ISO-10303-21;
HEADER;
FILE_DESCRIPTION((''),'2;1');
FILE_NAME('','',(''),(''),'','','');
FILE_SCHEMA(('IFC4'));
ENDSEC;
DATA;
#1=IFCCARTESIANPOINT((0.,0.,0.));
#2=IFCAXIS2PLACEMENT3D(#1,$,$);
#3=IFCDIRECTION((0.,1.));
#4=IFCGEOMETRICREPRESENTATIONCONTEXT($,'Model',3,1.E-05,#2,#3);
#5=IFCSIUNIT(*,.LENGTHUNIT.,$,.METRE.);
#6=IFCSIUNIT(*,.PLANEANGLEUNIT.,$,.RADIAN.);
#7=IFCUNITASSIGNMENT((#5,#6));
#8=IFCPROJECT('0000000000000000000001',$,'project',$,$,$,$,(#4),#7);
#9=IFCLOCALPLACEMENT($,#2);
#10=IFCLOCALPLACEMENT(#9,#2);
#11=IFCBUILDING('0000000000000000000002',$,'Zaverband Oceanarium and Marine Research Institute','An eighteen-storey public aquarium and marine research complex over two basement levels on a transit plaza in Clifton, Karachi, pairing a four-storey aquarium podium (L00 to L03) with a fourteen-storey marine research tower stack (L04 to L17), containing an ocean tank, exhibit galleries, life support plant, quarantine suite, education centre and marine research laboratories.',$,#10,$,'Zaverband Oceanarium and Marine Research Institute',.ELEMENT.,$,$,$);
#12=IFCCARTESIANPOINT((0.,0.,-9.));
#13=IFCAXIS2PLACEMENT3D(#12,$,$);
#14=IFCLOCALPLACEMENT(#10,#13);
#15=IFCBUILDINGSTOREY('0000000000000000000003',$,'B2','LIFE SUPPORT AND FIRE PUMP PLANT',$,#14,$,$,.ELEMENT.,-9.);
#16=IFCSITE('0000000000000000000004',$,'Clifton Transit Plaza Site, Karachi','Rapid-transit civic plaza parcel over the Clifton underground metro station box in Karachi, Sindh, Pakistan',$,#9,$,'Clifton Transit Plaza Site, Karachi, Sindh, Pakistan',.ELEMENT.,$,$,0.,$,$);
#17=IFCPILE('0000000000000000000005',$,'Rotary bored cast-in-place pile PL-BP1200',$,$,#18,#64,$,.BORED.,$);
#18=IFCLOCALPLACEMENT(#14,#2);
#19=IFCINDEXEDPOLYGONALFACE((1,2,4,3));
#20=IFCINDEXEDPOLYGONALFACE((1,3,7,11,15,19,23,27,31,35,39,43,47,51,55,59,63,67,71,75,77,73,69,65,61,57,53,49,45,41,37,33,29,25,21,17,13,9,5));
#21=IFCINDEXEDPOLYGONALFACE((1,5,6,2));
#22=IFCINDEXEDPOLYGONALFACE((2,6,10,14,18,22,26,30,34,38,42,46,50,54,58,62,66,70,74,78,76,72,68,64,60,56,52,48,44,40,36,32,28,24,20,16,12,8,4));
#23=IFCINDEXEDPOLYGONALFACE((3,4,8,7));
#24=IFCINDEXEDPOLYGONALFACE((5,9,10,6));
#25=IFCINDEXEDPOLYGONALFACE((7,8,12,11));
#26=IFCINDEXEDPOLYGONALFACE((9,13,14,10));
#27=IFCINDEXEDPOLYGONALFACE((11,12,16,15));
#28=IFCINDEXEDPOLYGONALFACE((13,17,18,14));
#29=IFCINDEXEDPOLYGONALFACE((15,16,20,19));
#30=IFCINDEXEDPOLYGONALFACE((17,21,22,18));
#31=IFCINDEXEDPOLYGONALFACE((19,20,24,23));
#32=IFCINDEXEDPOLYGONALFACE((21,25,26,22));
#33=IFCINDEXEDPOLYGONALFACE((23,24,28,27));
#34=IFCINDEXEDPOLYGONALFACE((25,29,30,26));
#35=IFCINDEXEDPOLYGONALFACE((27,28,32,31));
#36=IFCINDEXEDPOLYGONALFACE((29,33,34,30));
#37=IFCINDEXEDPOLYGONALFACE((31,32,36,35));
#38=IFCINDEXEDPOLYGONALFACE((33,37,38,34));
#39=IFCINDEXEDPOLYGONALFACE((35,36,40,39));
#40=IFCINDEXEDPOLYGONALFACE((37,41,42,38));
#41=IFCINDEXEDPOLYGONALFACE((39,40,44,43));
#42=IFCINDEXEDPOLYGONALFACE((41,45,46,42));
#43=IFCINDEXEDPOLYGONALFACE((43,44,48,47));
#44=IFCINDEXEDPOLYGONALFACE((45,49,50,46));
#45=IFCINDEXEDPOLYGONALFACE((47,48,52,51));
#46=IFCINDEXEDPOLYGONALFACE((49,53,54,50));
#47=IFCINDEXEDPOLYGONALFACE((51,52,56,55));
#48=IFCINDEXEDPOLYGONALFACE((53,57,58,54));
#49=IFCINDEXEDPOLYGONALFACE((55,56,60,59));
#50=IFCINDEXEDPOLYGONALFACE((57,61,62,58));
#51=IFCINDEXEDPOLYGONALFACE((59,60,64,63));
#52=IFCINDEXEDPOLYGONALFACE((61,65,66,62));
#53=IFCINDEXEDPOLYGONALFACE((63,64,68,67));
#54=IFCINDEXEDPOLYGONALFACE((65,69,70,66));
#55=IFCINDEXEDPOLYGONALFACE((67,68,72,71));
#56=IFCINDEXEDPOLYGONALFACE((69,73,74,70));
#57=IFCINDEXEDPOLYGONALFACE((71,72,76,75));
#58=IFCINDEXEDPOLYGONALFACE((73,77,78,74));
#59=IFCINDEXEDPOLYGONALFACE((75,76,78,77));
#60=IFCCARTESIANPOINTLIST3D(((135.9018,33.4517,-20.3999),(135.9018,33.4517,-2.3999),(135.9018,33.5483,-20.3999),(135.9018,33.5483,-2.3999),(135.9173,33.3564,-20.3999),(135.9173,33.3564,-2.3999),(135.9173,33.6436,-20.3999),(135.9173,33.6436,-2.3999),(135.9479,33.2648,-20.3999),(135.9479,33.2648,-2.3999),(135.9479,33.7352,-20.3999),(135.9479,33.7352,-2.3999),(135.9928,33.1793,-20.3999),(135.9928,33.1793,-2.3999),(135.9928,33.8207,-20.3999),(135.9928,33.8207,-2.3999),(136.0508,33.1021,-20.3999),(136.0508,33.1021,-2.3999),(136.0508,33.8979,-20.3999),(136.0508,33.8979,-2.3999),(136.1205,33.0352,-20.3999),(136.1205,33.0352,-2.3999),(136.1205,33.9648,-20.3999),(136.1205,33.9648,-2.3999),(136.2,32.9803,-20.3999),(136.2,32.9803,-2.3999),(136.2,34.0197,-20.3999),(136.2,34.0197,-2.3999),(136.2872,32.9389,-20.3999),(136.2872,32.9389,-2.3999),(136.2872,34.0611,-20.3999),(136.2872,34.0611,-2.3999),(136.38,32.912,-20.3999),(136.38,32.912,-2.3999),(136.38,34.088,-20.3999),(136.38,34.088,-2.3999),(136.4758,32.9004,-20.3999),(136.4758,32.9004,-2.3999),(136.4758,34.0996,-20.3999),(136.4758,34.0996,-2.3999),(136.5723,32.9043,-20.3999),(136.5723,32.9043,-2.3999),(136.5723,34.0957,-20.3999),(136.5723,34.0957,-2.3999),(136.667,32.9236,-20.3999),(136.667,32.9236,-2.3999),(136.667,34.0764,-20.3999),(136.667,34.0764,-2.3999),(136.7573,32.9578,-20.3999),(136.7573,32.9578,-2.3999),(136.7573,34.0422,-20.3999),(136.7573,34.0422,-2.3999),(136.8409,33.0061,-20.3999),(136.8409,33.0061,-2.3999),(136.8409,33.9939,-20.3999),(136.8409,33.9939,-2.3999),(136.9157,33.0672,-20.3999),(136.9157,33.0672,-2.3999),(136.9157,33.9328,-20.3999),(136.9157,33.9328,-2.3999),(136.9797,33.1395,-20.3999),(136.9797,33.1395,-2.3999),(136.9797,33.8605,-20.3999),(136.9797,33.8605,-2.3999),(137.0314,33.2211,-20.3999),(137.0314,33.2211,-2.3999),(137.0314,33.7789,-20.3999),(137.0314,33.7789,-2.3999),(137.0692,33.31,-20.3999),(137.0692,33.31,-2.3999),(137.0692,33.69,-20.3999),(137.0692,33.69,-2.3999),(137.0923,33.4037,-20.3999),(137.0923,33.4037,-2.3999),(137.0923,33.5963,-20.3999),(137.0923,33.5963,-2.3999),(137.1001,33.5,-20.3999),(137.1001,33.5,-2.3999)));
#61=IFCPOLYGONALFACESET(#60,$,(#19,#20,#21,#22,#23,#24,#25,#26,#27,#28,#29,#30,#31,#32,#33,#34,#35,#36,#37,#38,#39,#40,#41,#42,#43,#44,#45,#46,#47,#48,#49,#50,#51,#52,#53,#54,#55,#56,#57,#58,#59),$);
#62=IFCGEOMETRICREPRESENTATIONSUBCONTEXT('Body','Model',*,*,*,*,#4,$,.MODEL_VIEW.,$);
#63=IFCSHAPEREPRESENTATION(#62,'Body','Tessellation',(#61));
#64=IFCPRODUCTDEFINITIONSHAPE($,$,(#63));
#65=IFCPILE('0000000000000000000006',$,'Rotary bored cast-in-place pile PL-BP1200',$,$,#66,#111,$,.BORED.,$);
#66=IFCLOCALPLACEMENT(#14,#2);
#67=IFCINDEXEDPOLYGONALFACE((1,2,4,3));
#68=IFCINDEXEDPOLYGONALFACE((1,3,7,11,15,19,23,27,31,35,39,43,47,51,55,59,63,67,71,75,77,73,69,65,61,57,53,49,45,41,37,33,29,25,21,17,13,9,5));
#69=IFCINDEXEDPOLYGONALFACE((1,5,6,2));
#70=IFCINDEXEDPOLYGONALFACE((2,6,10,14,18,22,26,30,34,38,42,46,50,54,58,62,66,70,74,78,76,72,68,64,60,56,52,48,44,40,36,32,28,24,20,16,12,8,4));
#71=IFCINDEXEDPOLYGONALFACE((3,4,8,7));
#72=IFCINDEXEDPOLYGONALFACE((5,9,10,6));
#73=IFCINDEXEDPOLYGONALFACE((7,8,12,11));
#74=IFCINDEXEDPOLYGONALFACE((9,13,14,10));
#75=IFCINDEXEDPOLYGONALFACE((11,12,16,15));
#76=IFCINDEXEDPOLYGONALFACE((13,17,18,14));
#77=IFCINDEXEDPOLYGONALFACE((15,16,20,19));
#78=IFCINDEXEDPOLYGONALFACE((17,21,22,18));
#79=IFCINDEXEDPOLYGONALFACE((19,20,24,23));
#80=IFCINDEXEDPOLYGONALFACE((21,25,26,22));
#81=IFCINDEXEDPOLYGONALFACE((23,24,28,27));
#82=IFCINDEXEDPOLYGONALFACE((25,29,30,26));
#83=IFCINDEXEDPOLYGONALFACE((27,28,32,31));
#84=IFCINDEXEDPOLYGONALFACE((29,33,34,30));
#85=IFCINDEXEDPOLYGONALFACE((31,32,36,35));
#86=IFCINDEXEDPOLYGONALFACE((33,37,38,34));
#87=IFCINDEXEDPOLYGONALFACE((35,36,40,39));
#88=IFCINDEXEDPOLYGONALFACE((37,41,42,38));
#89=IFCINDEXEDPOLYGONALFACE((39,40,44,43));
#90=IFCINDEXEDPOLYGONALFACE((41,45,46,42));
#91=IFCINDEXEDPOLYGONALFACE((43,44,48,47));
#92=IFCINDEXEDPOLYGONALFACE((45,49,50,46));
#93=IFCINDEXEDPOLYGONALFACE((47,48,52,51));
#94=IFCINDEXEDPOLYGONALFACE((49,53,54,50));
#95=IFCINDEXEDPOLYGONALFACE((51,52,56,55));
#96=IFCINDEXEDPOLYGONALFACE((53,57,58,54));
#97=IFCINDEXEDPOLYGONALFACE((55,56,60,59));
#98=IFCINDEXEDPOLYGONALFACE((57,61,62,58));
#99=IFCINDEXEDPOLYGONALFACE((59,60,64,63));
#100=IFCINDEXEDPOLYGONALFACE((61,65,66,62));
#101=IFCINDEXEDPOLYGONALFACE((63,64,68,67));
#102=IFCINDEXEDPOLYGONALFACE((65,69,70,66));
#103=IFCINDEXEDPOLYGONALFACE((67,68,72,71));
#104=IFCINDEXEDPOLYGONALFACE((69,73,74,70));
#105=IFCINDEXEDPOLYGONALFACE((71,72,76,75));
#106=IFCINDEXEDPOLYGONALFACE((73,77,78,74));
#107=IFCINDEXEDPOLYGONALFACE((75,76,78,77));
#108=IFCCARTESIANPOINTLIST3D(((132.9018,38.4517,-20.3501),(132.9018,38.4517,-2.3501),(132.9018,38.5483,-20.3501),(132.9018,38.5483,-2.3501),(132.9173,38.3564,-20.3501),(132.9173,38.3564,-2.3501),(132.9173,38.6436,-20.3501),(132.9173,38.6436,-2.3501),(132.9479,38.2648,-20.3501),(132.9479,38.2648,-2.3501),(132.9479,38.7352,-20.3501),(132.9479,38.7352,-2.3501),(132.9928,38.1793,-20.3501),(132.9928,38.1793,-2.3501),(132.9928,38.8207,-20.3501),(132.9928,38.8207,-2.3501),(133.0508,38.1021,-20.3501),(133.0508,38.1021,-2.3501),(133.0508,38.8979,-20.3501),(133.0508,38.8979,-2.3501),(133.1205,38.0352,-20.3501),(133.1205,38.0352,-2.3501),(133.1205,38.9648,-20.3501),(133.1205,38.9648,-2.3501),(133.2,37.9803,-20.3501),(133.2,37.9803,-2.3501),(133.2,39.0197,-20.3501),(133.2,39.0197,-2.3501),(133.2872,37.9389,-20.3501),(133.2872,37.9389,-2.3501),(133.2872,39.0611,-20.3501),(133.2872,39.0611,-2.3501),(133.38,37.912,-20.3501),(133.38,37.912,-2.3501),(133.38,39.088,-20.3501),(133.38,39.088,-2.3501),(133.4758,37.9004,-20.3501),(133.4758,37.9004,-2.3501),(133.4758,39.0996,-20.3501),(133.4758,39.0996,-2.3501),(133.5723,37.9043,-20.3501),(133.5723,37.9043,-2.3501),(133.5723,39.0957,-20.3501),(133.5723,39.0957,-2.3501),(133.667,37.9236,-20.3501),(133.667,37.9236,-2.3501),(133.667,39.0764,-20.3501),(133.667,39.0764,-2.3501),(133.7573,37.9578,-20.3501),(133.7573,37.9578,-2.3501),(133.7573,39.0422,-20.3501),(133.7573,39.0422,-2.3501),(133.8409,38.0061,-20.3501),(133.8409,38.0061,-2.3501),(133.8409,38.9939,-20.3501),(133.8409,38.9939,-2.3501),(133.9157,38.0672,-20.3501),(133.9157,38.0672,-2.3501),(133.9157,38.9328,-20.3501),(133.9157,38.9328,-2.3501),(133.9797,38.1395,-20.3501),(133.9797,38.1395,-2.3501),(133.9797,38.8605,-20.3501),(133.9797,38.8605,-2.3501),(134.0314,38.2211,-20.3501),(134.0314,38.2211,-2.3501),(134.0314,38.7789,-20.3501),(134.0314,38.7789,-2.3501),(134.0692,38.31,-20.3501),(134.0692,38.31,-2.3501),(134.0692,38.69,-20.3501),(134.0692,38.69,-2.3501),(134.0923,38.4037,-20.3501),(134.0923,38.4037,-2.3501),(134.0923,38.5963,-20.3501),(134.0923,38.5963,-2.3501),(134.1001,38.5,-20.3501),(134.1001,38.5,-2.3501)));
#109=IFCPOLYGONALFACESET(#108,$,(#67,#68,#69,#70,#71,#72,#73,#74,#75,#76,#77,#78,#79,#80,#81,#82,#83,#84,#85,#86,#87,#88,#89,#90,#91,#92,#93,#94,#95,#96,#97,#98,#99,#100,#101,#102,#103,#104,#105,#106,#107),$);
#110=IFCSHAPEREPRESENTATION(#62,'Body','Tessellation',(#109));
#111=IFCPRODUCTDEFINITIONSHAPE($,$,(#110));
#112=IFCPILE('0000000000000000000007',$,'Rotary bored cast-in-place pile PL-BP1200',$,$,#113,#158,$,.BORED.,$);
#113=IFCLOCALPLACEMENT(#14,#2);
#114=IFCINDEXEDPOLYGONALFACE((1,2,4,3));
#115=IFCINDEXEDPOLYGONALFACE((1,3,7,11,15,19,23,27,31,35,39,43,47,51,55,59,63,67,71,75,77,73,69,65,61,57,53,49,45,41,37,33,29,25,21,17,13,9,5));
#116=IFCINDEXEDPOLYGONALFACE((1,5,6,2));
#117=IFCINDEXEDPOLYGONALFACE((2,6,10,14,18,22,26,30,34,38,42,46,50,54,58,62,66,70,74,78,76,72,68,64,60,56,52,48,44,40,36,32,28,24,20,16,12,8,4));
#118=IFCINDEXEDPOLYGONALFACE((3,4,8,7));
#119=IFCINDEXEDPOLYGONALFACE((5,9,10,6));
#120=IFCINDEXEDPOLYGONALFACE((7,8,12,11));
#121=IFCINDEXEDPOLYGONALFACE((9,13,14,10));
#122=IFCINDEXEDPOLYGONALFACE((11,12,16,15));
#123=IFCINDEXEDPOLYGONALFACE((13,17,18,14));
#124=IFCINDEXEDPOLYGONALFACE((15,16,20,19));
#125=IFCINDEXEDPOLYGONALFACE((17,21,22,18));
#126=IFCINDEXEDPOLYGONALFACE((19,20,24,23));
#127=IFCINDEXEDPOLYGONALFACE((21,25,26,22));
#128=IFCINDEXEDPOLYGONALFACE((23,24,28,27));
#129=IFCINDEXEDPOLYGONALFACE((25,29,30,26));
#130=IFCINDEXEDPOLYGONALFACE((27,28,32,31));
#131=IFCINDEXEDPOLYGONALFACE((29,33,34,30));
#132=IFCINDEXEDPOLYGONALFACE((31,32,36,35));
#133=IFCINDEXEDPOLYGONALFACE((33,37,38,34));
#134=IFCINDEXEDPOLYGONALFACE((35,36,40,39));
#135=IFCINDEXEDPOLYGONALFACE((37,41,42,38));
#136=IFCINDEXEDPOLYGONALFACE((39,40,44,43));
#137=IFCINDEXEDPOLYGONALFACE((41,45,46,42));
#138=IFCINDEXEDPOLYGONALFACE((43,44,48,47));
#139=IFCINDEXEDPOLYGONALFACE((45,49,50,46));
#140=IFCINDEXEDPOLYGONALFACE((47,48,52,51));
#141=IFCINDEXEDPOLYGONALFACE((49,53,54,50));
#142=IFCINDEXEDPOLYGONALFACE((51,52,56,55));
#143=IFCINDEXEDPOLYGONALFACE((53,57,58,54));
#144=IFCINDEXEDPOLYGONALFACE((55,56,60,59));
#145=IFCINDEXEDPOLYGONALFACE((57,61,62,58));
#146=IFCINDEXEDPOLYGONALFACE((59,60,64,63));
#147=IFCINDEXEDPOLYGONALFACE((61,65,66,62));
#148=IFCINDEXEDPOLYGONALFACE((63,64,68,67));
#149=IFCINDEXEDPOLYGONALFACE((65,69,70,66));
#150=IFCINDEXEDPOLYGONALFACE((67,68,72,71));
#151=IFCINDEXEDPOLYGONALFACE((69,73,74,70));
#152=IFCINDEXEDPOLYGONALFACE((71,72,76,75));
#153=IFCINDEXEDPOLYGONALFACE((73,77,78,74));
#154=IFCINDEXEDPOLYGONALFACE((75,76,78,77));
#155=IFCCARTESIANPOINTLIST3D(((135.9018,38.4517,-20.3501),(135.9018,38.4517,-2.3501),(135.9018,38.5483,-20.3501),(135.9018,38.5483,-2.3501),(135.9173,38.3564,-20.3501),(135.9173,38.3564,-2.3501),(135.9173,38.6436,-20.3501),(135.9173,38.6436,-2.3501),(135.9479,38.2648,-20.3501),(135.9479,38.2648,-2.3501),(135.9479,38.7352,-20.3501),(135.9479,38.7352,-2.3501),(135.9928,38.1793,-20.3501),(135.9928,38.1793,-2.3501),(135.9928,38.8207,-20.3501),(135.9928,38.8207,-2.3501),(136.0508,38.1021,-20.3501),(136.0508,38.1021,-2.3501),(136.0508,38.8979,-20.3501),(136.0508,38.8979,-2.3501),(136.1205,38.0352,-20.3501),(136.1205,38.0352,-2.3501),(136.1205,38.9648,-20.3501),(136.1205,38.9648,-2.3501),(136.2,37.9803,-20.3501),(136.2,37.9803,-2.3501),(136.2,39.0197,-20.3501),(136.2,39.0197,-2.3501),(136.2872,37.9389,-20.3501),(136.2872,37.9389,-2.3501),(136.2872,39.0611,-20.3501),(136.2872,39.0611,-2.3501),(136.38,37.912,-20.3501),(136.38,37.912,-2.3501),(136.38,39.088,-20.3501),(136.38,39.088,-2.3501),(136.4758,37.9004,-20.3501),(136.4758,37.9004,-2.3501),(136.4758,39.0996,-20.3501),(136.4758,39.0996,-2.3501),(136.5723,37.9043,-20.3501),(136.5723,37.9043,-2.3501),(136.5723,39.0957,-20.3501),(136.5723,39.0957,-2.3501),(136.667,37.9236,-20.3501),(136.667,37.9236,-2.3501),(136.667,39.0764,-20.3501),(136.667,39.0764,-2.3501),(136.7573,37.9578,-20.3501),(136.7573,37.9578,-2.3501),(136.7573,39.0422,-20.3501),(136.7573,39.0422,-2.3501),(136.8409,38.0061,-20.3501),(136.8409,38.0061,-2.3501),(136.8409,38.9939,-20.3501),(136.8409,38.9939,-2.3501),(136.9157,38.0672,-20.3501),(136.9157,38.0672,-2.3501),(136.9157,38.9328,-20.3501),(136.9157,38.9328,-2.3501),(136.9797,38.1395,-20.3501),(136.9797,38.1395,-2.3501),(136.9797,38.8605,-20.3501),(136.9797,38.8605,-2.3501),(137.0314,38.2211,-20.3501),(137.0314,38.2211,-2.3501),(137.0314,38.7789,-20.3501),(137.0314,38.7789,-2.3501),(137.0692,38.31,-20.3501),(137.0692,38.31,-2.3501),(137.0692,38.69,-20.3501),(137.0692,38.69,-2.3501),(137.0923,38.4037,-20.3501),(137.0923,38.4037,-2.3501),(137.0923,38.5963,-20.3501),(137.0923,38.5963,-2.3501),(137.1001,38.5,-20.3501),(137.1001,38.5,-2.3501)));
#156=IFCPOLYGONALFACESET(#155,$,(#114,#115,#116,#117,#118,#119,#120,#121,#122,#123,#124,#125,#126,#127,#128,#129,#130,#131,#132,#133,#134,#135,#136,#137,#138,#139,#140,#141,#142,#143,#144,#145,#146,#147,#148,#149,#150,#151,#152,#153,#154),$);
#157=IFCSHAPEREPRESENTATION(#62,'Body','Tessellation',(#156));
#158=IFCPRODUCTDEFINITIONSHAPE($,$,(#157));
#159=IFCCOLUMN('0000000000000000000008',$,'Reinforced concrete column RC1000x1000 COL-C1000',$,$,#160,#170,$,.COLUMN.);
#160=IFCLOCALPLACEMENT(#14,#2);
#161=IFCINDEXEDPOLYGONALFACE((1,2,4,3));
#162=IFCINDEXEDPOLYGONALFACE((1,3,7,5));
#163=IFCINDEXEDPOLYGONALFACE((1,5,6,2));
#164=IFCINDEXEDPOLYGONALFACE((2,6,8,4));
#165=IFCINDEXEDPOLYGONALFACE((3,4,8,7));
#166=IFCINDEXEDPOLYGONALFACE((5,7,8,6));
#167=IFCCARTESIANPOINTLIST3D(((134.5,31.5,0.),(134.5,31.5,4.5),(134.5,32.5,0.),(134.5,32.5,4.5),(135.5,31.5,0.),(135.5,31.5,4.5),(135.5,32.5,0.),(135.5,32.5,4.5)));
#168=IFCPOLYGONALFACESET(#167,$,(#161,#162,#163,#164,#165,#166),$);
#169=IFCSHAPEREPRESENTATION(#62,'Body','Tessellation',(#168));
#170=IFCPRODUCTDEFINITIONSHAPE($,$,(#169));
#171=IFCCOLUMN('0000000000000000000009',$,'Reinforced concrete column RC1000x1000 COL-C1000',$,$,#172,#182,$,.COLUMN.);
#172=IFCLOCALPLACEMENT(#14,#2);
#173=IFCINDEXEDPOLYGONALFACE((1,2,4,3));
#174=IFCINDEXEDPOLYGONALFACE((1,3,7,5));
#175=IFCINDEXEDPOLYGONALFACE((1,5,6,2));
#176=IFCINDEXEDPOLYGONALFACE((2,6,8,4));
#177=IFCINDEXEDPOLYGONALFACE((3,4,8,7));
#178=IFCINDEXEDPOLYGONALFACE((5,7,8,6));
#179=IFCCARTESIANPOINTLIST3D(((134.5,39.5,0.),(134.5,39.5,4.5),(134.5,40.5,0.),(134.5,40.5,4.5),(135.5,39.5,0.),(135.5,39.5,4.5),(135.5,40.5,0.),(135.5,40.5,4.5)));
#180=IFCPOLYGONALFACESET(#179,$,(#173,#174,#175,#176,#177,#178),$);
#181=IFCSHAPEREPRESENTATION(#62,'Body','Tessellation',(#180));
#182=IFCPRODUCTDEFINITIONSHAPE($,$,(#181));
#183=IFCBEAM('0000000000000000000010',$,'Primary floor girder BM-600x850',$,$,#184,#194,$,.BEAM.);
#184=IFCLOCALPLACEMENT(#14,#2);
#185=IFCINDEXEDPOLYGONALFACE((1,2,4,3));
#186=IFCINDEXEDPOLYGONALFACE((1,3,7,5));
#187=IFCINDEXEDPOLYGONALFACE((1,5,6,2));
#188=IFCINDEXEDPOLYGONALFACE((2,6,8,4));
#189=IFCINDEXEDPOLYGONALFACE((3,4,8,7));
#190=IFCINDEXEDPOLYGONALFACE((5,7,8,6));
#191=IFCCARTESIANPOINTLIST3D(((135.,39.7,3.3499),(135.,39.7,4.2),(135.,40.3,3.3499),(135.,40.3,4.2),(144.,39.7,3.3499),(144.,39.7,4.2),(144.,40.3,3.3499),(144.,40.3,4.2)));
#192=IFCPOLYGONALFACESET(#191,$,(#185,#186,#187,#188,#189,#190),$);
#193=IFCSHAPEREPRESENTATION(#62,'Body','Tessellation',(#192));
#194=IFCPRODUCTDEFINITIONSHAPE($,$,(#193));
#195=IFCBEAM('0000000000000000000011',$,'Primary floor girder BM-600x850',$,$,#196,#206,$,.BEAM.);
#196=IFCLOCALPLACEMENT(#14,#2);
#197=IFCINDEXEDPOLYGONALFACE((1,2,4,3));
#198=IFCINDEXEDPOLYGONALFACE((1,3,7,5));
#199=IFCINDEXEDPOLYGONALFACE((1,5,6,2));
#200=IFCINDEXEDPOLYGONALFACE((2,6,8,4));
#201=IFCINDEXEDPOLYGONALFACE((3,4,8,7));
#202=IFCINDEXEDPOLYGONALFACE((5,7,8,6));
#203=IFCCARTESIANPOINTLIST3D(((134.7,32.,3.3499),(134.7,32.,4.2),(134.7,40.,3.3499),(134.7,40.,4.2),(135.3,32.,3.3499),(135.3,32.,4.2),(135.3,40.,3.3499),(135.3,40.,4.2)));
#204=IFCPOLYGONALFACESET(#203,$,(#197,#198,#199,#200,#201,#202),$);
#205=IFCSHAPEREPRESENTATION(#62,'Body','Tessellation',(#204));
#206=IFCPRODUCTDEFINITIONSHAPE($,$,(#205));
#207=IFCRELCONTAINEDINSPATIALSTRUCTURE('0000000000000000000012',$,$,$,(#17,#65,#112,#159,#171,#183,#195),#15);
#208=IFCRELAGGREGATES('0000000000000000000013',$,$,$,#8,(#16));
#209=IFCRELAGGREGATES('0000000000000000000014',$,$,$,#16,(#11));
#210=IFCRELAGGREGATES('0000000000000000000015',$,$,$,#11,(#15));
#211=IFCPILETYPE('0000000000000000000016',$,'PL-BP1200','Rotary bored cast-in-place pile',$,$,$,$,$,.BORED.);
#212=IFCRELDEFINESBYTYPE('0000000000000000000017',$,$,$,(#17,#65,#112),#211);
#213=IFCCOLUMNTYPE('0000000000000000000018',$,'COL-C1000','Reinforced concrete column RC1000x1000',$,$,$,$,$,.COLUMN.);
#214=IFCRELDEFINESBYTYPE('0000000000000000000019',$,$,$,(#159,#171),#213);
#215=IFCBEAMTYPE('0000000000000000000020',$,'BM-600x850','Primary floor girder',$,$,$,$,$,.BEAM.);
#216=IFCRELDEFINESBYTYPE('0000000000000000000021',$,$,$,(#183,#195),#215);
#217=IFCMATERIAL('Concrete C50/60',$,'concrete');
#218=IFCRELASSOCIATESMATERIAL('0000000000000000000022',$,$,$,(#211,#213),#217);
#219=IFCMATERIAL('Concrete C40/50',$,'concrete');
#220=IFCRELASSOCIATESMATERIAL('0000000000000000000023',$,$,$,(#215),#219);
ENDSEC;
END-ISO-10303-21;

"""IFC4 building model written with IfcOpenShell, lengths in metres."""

from ifc_helpers import new_model, si_unit, direction, frame, origin, origin_2d, place, context, subcontext, project, spatial, rectangle, circle, extrude, material, material_profile, profile_set, type_object, element, save


model = new_model("IFC4")

# Units and contexts
model_context = context("Model", 3, precision=1e-05, world=origin(), true_north=direction((0.0, 1.0)))
body_context = subcontext(model_context, "Body", "Model", "MODEL_VIEW")
ifc_project = project(units=[si_unit("LENGTHUNIT", "METRE"), si_unit("PLANEANGLEUNIT", "RADIAN")], contexts=[model_context])

# Site, building, storey
site_placement = place(None, origin())
site = spatial("IfcSite", under=ifc_project, at=site_placement, Name="Clifton Transit Plaza Site, Karachi", Description="Rapid-transit civic plaza parcel over the Clifton underground metro station box in Karachi, Sindh, Pakistan", LongName="Clifton Transit Plaza Site, Karachi, Sindh, Pakistan", CompositionType="ELEMENT", RefElevation=0.0)
building_placement = place(site_placement, origin())
building = spatial("IfcBuilding", under=site, at=building_placement, Name="Zaverband Oceanarium and Marine Research Institute", Description="An eighteen-storey public aquarium and marine research complex over two basement levels on a transit plaza in Clifton, Karachi, pairing a four-storey aquarium podium (L00 to L03) with a fourteen-storey marine research tower stack (L04 to L17), containing an ocean tank, exhibit galleries, life support plant, quarantine suite, education centre and marine research laboratories.", LongName="Zaverband Oceanarium and Marine Research Institute", CompositionType="ELEMENT")
storey_placement = place(building_placement, frame((0.0, 0.0, -9.0)))
storey = spatial("IfcBuildingStorey", under=building, at=storey_placement, Name="B2", Description="LIFE SUPPORT AND FIRE PUMP PLANT", CompositionType="ELEMENT", Elevation=-9.0)

# Shared definitions
ifc_material_1 = material(Name="Concrete C50/60", Category="concrete")

# Piles
ifc_material_profile_1 = material_profile(ifc_material_1, circle(Radius=0.6001, at=origin_2d()), Name="BP1200")
ifc_profile_set_1 = profile_set([ifc_material_profile_1], Name="Concrete C50/60")
pile_type = type_object("IfcPileType", Name="PL-BP1200", Description="Rotary bored cast-in-place pile", PredefinedType="BORED", material=ifc_profile_set_1)
for number, where, z_axis, x_axis, name in (
    (1, (136.5, 33.5, -2.3999), (0.0, 0.0, -1.0), (1.0, 0.0, 0.0), "Rotary bored cast-in-place pile PL-BP1200"),
    (2, (133.5, 38.5, -2.3501), (0.0, 0.0, -1.0), (1.0, 0.0, 0.0), "Rotary bored cast-in-place pile PL-BP1200"),
    (3, (136.5, 38.5, -2.3501), (0.0, 0.0, -1.0), (1.0, 0.0, 0.0), "Rotary bored cast-in-place pile PL-BP1200"),
):
    element("IfcPile", number, at=place(storey_placement, frame(where, z_axis=z_axis, x_axis=x_axis)), inside=storey, type_object=pile_type, Name=name, PredefinedType="BORED", context=body_context, shape_type="SweptSolid", body=[
        extrude(circle(Radius=0.6001, at=origin_2d()), origin(), (0.0, 0.0, 1.0), 18.0),
    ])

# Columns
ifc_material_profile_2 = material_profile(ifc_material_1, rectangle(XDim=1.0, YDim=1.0, at=origin_2d()), Name="RC1000x1000")
ifc_profile_set_2 = profile_set([ifc_material_profile_2], Name="Concrete C50/60")
column_type = type_object("IfcColumnType", Name="COL-C1000", Description="Reinforced concrete column RC1000x1000", PredefinedType="COLUMN", material=ifc_profile_set_2)
for number, where, z_axis, x_axis, name in (
    (4, (135.0, 32.0, 0.0), (0.0, 0.0, 1.0), (1.0, 0.0, 0.0), "Reinforced concrete column RC1000x1000 COL-C1000"),
    (5, (135.0, 40.0, 0.0), (0.0, 0.0, 1.0), (1.0, 0.0, 0.0), "Reinforced concrete column RC1000x1000 COL-C1000"),
):
    element("IfcColumn", number, at=place(storey_placement, frame(where, z_axis=z_axis, x_axis=x_axis)), inside=storey, type_object=column_type, Name=name, PredefinedType="COLUMN", context=body_context, shape_type="SweptSolid", body=[
        extrude(rectangle(XDim=1.0, YDim=1.0, at=origin_2d()), origin(), (0.0, 0.0, 1.0), 4.5),
    ])

# Beams
ifc_material_2 = material(Name="Concrete C40/50", Category="concrete")
ifc_material_profile_3 = material_profile(ifc_material_2, rectangle(XDim=0.6001, YDim=0.8501, at=origin_2d()), Name="RC600x850")
ifc_profile_set_3 = profile_set([ifc_material_profile_3], Name="Concrete C40/50")
beam_type = type_object("IfcBeamType", Name="BM-600x850", Description="Primary floor girder", PredefinedType="BEAM", material=ifc_profile_set_3)
beam_placement = place(storey_placement, frame((135.0, 40.0, 3.7749), z_axis=(1.0, 0.0, 0.0), x_axis=(0.0, 1.0, 0.0)))
element("IfcBeam", 6, at=beam_placement, inside=storey, type_object=beam_type, Name="Primary floor girder BM-600x850", PredefinedType="BEAM", context=body_context, shape_type="SweptSolid", body=[
    extrude(rectangle(XDim=0.6001, YDim=0.8501, at=origin_2d()), origin(), (0.0, 0.0, 1.0), 9.0),
])
for number, where, z_axis, x_axis, name in (
    (7, (135.0, 32.0, 3.7749), (0.0, 1.0, 0.0), (-1.0, 0.0, 0.0), "Primary floor girder BM-600x850"),
):
    element("IfcBeam", number, at=place(storey_placement, frame(where, z_axis=z_axis, x_axis=x_axis)), inside=storey, type_object=beam_type, Name=name, PredefinedType="BEAM", context=body_context, shape_type="SweptSolid", body=[
        extrude(rectangle(XDim=0.6001, YDim=0.8501, at=origin_2d()), origin(), (0.0, 0.0, 1.0), 8.0),
    ])

save(model, "model.ifc")
